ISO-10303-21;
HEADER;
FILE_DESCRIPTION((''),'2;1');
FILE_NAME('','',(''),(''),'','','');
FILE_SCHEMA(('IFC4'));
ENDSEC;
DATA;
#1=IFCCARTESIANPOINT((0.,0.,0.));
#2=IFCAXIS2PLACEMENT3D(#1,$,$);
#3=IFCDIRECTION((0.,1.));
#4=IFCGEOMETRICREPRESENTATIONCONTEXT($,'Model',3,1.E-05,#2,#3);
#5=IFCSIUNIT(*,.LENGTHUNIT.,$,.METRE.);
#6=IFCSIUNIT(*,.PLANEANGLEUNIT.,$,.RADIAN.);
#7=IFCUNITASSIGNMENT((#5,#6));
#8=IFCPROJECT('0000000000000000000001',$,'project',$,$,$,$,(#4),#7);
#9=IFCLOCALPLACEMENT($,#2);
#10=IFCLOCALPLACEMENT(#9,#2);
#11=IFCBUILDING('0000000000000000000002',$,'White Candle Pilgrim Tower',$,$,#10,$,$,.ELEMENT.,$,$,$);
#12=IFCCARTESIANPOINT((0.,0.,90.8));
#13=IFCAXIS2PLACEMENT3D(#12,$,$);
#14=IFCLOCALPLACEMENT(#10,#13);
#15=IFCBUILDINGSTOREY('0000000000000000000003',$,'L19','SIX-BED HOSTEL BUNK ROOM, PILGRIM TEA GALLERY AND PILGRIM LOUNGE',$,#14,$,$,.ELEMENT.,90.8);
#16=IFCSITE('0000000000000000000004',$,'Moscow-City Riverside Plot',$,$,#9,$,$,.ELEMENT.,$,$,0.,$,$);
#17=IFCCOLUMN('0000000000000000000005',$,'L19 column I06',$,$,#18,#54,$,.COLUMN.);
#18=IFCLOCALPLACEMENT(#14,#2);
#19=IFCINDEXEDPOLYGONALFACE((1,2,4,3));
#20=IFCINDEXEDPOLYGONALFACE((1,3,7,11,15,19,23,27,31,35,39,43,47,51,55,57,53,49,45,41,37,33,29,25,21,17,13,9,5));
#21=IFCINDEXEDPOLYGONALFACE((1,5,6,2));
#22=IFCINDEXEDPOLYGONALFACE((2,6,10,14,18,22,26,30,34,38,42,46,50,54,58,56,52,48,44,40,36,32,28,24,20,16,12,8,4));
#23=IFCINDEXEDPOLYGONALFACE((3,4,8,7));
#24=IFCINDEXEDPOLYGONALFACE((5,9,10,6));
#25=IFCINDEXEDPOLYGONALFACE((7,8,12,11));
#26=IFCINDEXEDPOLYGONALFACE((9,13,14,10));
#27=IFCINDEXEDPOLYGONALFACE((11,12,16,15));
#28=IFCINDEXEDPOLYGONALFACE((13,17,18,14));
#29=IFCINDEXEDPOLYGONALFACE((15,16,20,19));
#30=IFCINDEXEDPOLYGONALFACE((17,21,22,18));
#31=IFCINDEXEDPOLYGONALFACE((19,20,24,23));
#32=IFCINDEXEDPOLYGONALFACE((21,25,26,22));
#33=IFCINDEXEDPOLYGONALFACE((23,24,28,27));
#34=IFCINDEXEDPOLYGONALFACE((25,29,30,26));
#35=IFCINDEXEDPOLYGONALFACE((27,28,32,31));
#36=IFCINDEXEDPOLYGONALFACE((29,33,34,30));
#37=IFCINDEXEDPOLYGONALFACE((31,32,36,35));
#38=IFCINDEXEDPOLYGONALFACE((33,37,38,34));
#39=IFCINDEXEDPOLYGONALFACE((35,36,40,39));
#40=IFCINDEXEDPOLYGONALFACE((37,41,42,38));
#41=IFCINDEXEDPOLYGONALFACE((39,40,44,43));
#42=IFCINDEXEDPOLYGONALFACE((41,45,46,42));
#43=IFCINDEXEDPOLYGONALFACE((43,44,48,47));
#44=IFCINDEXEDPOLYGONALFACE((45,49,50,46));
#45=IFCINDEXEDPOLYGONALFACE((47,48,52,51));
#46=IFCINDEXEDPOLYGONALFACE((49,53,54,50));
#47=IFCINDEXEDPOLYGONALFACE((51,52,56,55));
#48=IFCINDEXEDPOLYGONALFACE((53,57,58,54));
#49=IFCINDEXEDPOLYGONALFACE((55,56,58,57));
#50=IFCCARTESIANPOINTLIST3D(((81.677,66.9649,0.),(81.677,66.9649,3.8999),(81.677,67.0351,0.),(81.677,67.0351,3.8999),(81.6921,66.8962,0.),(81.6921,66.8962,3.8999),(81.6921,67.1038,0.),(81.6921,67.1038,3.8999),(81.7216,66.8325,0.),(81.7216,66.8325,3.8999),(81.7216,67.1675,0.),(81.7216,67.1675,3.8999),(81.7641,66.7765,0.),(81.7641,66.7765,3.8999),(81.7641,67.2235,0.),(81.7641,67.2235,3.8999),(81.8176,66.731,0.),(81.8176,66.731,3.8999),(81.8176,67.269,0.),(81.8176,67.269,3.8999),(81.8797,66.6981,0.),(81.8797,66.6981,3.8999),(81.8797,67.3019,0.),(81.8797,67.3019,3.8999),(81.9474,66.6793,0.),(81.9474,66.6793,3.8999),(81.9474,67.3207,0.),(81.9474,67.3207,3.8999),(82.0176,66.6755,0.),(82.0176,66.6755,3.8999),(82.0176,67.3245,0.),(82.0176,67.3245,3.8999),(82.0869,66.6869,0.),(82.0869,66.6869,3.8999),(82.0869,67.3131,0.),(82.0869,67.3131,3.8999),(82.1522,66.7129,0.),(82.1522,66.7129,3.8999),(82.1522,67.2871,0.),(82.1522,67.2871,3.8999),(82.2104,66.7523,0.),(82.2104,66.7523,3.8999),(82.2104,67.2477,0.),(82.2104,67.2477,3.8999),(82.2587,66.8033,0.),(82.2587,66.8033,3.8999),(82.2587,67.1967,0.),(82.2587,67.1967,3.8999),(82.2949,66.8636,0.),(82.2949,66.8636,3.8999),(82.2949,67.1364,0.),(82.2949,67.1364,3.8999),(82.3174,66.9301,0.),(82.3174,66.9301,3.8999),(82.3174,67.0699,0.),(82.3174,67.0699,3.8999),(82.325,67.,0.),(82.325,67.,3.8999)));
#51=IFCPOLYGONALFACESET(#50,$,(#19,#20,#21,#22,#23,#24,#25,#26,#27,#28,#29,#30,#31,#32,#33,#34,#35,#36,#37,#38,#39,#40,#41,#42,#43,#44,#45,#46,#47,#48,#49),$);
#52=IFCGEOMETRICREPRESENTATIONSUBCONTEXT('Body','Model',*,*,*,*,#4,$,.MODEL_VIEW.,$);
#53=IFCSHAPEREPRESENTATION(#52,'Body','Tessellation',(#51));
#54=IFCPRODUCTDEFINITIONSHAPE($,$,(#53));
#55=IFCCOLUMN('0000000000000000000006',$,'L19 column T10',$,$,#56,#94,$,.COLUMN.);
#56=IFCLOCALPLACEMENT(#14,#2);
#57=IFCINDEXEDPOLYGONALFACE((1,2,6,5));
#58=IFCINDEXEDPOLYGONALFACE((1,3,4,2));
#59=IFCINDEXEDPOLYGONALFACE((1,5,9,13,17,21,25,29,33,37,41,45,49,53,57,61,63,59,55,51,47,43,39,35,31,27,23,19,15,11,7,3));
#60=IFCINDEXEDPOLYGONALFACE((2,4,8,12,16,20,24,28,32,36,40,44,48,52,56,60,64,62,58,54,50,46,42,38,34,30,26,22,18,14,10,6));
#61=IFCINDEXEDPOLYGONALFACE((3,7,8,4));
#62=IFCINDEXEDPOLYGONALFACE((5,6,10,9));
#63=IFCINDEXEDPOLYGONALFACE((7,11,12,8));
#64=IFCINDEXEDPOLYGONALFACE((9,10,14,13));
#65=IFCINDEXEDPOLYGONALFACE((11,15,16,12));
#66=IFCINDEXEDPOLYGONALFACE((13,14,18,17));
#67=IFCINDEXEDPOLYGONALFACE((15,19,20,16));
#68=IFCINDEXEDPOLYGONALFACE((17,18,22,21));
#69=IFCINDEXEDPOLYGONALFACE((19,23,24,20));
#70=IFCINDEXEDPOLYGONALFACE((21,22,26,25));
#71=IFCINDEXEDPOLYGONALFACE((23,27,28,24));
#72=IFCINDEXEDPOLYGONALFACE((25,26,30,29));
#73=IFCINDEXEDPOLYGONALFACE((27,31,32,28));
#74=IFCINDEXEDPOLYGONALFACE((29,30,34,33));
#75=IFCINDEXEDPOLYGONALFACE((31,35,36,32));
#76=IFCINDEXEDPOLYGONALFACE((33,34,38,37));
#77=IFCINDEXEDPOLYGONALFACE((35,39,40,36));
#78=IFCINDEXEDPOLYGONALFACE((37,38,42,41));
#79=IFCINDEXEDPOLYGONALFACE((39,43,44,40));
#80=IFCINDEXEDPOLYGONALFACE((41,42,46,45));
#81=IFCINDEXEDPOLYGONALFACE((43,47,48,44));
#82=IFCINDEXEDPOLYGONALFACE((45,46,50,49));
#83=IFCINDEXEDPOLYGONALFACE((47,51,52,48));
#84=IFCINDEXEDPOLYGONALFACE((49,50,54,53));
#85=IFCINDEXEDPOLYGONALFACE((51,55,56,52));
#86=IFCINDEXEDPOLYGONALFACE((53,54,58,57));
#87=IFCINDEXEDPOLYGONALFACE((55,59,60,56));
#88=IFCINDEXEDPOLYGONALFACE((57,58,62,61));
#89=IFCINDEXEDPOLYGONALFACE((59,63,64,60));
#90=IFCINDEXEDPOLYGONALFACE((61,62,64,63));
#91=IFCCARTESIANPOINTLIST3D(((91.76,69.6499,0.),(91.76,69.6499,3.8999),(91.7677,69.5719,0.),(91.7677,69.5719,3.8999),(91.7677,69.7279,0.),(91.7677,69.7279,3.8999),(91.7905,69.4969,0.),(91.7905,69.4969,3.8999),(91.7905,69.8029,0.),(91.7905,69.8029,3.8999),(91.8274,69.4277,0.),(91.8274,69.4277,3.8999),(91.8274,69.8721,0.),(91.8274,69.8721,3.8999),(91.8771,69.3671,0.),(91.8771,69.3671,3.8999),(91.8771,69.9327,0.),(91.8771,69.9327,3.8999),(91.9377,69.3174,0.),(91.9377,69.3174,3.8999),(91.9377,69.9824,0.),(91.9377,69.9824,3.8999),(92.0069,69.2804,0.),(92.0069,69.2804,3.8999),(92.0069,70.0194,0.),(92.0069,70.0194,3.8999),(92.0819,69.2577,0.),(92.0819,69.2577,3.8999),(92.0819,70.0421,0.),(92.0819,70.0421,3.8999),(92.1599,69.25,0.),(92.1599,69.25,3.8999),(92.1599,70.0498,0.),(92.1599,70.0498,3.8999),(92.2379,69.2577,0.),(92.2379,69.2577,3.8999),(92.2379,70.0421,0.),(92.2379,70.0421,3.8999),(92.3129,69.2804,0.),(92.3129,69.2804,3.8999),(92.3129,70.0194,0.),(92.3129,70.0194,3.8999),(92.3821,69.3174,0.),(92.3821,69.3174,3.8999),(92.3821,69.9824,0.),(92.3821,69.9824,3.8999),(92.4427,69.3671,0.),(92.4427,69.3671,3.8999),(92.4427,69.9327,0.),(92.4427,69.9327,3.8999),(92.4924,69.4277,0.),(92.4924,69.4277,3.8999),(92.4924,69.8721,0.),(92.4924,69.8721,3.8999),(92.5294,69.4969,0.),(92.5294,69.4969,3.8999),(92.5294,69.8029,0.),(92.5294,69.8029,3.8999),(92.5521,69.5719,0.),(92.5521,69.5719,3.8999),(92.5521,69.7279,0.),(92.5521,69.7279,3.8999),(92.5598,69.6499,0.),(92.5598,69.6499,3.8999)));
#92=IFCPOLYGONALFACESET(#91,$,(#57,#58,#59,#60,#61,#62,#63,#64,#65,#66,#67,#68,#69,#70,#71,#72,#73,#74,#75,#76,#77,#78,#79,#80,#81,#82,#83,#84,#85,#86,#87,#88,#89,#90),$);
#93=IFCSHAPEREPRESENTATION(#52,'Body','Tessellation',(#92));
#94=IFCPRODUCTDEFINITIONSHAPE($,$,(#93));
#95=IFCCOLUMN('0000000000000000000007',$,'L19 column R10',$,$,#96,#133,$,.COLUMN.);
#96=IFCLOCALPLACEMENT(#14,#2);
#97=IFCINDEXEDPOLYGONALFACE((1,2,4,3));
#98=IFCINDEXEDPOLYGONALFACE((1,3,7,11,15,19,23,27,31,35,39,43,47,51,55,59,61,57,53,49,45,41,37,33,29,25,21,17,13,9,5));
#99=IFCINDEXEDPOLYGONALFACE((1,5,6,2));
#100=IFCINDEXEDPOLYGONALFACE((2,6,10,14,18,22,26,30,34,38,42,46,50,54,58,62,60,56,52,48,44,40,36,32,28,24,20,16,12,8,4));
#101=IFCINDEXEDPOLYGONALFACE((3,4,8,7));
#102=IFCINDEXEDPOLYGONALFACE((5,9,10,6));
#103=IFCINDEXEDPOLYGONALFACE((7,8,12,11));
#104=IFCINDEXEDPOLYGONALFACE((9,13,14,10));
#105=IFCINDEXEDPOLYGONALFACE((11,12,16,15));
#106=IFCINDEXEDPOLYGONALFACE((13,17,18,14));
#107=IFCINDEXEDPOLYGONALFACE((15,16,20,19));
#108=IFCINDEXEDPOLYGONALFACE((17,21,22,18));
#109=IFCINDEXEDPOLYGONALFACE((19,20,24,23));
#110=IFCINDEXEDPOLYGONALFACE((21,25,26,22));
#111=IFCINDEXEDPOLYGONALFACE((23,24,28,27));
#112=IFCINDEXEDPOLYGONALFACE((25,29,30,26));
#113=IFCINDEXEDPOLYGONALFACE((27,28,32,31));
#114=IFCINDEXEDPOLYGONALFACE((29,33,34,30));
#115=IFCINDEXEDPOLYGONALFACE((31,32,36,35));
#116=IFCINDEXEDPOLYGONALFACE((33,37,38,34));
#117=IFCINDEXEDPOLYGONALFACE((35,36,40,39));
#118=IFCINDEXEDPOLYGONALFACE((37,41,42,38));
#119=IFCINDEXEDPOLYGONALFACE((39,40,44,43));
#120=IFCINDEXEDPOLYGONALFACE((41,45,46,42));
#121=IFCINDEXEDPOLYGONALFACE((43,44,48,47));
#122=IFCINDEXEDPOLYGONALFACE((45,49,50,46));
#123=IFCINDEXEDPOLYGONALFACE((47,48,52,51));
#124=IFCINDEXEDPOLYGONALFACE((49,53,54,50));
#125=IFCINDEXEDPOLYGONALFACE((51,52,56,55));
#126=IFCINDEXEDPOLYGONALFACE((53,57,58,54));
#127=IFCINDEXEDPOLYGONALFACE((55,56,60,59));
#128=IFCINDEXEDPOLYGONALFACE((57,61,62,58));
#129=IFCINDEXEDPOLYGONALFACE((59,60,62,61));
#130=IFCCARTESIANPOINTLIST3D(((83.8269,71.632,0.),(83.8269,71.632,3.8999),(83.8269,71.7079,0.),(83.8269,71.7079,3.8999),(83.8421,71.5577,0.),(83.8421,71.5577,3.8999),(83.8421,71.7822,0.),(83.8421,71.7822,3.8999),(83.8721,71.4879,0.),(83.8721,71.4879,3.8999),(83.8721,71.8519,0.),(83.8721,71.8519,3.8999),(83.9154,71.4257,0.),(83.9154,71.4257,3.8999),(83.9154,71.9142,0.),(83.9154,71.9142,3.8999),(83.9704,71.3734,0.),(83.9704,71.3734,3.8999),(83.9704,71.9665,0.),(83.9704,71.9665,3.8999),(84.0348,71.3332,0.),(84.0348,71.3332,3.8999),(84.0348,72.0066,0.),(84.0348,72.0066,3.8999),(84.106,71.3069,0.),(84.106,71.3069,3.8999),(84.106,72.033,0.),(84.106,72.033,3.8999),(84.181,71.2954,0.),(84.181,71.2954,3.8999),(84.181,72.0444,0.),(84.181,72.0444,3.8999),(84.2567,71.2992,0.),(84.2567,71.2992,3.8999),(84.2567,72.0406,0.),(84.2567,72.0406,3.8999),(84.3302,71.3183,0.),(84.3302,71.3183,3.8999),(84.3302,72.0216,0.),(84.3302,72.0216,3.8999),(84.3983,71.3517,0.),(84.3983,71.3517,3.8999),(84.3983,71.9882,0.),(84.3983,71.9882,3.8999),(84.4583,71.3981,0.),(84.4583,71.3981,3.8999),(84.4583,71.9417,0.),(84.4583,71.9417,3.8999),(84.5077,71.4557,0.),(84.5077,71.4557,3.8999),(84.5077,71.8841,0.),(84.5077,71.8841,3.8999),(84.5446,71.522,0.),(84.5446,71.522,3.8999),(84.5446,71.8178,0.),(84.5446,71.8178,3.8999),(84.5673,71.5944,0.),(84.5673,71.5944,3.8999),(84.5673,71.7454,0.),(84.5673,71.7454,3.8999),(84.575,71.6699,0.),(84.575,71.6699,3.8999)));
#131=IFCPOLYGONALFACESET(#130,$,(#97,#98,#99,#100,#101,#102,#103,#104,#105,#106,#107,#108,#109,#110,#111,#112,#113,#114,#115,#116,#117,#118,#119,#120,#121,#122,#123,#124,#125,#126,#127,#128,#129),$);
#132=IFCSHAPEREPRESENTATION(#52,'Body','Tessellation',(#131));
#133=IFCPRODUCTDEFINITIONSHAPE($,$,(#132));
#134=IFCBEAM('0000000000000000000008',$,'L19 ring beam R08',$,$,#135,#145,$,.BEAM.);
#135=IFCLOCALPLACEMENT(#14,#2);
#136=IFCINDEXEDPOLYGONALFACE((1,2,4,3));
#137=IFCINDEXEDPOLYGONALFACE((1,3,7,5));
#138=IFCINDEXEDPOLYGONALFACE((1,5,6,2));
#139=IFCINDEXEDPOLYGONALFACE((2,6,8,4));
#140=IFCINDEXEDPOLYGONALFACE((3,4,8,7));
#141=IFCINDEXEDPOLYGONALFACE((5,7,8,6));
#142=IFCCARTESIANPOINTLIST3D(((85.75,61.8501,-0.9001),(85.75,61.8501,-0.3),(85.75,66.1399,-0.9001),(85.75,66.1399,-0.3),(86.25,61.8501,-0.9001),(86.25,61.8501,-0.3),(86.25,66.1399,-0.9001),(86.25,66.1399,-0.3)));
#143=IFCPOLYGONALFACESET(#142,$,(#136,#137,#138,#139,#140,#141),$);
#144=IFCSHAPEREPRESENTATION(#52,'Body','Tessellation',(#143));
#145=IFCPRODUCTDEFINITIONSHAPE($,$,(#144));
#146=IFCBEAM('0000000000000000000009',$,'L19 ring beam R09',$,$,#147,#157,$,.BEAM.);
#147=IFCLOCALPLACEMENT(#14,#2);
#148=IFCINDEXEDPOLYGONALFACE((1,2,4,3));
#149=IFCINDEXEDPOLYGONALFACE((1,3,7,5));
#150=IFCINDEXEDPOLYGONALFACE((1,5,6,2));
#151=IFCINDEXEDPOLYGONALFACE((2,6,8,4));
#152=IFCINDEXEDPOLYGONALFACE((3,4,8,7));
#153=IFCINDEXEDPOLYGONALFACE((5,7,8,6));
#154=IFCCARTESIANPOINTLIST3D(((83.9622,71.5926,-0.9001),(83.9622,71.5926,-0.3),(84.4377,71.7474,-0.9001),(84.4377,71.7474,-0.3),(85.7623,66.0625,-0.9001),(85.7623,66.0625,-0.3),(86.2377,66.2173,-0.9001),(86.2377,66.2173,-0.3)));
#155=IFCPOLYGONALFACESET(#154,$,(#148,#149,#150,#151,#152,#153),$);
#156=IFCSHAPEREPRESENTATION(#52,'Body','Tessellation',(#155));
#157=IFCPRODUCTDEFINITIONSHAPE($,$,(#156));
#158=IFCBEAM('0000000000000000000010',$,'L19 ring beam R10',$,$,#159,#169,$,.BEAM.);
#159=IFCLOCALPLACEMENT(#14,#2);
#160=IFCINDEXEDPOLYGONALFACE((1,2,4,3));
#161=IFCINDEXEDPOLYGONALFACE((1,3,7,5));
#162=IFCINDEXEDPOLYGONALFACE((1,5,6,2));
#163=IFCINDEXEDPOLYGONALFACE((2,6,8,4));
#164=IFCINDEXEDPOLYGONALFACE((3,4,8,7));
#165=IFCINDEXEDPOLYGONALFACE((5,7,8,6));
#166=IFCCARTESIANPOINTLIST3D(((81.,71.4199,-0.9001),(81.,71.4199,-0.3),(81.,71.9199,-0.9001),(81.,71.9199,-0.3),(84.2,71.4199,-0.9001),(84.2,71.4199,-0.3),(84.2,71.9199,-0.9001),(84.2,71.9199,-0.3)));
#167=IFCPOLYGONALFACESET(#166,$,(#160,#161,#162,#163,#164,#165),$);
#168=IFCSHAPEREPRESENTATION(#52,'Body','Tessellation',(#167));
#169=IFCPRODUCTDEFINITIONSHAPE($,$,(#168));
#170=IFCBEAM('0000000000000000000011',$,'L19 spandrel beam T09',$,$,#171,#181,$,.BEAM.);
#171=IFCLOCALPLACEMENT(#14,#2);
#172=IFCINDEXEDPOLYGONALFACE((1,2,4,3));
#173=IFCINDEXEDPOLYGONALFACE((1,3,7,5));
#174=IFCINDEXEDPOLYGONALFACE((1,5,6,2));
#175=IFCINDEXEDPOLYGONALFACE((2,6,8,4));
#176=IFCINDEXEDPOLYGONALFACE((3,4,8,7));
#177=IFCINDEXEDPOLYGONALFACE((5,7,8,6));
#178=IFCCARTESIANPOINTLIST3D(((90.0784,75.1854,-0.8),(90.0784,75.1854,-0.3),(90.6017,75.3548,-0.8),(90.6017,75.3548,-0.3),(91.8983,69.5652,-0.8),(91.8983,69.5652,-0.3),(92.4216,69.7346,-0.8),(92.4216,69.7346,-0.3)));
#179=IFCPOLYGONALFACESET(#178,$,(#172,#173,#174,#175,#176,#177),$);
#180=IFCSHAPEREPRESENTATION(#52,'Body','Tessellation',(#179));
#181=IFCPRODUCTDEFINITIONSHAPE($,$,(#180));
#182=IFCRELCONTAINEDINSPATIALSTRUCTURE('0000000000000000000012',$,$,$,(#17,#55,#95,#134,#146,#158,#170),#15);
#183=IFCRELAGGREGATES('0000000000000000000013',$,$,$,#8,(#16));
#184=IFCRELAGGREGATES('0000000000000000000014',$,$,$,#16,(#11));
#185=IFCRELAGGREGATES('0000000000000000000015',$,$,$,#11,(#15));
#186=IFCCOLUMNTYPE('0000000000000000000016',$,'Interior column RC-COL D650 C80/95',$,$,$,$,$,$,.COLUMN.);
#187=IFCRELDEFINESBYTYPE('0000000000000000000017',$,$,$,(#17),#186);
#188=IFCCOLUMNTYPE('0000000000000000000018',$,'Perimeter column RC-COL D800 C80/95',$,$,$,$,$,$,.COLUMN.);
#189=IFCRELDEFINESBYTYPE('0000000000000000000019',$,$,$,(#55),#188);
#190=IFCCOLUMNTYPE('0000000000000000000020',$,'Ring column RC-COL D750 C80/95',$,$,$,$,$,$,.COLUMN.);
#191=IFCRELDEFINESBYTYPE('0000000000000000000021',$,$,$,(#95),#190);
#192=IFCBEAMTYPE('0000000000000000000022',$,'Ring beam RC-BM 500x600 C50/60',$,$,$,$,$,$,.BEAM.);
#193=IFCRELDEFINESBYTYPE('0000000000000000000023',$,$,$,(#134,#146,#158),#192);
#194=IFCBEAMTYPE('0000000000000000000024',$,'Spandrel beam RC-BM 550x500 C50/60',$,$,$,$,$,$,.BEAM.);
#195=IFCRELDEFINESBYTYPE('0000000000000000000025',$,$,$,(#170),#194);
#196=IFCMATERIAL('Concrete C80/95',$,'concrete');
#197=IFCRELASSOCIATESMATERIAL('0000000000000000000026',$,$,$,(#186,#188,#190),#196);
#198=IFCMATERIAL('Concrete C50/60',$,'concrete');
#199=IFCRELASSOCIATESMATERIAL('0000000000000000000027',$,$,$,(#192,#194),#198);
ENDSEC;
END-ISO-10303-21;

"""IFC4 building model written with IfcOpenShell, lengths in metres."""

from ifc_helpers import new_model, si_unit, direction, frame, origin, origin_2d, place, context, subcontext, project, spatial, rectangle, circle, extrude, material, material_profile, profile_set, type_object, element, save


model = new_model("IFC4")

# Units and contexts
model_context = context("Model", 3, precision=1e-05, world=origin(), true_north=direction((0.0, 1.0)))
body_context = subcontext(model_context, "Body", "Model", "MODEL_VIEW")
ifc_project = project(units=[si_unit("LENGTHUNIT", "METRE"), si_unit("PLANEANGLEUNIT", "RADIAN")], contexts=[model_context])

# Site, building, storey
site_placement = place(None, origin())
site = spatial("IfcSite", under=ifc_project, at=site_placement, Name="Moscow-City Riverside Plot", CompositionType="ELEMENT", RefElevation=0.0)
building_placement = place(site_placement, origin())
building = spatial("IfcBuilding", under=site, at=building_placement, Name="White Candle Pilgrim Tower", CompositionType="ELEMENT")
storey_placement = place(building_placement, frame((0.0, 0.0, 90.8)))
storey = spatial("IfcBuildingStorey", under=building, at=storey_placement, Name="L19", Description="SIX-BED HOSTEL BUNK ROOM, PILGRIM TEA GALLERY AND PILGRIM LOUNGE", CompositionType="ELEMENT", Elevation=90.8)

# Columns
ifc_material_1 = material(Name="Concrete C80/95", Category="concrete")
ifc_material_profile_1 = material_profile(ifc_material_1, circle(Radius=0.325, at=origin_2d()), Name="RC-COL D650")
ifc_profile_set_1 = profile_set([ifc_material_profile_1], Name="Concrete C80/95")
column_type_1 = type_object("IfcColumnType", Name="Interior column RC-COL D650 C80/95", PredefinedType="COLUMN", material=ifc_profile_set_1)
column_1_placement = place(storey_placement, frame((82.0, 67.0, 0.0), z_axis=(0.0, 0.0, 1.0), x_axis=(1.0, 0.0, 0.0)))
element("IfcColumn", 1, at=column_1_placement, inside=storey, type_object=column_type_1, Name="L19 column I06", PredefinedType="COLUMN", context=body_context, shape_type="SweptSolid", body=[
    extrude(circle(Radius=0.325, at=origin_2d()), origin(), (0.0, 0.0, 1.0), 3.8999),
])
ifc_material_profile_2 = material_profile(ifc_material_1, circle(Radius=0.3999, at=origin_2d()), Name="RC-COL D800")
ifc_profile_set_2 = profile_set([ifc_material_profile_2], Name="Concrete C80/95")
column_type_2 = type_object("IfcColumnType", Name="Perimeter column RC-COL D800 C80/95", PredefinedType="COLUMN", material=ifc_profile_set_2)
column_2_placement = place(storey_placement, frame((92.1599, 69.6499, 0.0), z_axis=(0.0, 0.0, 1.0), x_axis=(1.0, 0.0, 0.0)))
element("IfcColumn", 2, at=column_2_placement, inside=storey, type_object=column_type_2, Name="L19 column T10", PredefinedType="COLUMN", context=body_context, shape_type="SweptSolid", body=[
    extrude(circle(Radius=0.3999, at=origin_2d()), origin(), (0.0, 0.0, 1.0), 3.8999),
])
ifc_material_profile_3 = material_profile(ifc_material_1, circle(Radius=0.375, at=origin_2d()), Name="RC-COL D750")
ifc_profile_set_3 = profile_set([ifc_material_profile_3], Name="Concrete C80/95")
column_type_3 = type_object("IfcColumnType", Name="Ring column RC-COL D750 C80/95", PredefinedType="COLUMN", material=ifc_profile_set_3)
column_3_placement = place(storey_placement, frame((84.2, 71.6699, 0.0), z_axis=(0.0, 0.0, 1.0), x_axis=(1.0, 0.0, 0.0)))
element("IfcColumn", 3, at=column_3_placement, inside=storey, type_object=column_type_3, Name="L19 column R10", PredefinedType="COLUMN", context=body_context, shape_type="SweptSolid", body=[
    extrude(circle(Radius=0.375, at=origin_2d()), origin(), (0.0, 0.0, 1.0), 3.8999),
])

# Beams
ifc_material_2 = material(Name="Concrete C50/60", Category="concrete")
ifc_material_profile_4 = material_profile(ifc_material_2, rectangle(XDim=0.5, YDim=0.6001, at=origin_2d()), Name="RC-BM 500x600")
ifc_profile_set_4 = profile_set([ifc_material_profile_4], Name="Concrete C50/60")
beam_type_1 = type_object("IfcBeamType", Name="Ring beam RC-BM 500x600 C50/60", PredefinedType="BEAM", material=ifc_profile_set_4)
beam_1_placement = place(storey_placement, frame((86.0, 66.1399, -0.6001), z_axis=(0.0, -1.0, 0.0), x_axis=(1.0, 0.0, 0.0)))
element("IfcBeam", 4, at=beam_1_placement, inside=storey, type_object=beam_type_1, Name="L19 ring beam R08", PredefinedType="BEAM", context=body_context, shape_type="SweptSolid", body=[
    extrude(rectangle(XDim=0.5, YDim=0.6001, at=origin_2d()), origin(), (0.0, 0.0, 1.0), 4.2898),
])
beam_2_placement = place(storey_placement, frame((86.0, 66.1399, -0.6001), z_axis=(-0.30952, 0.950893, 0.0), x_axis=(-0.950893, -0.30952, 0.0)))
element("IfcBeam", 5, at=beam_2_placement, inside=storey, type_object=beam_type_1, Name="L19 ring beam R09", PredefinedType="BEAM", context=body_context, shape_type="SweptSolid", body=[
    extrude(rectangle(XDim=0.5, YDim=0.6001, at=origin_2d()), origin(), (0.0, 0.0, 1.0), 5.8157),
])
beam_3_placement = place(storey_placement, frame((84.2, 71.6699, -0.6001), z_axis=(-1.0, 0.0, 0.0), x_axis=(0.0, -1.0, 0.0)))
element("IfcBeam", 6, at=beam_3_placement, inside=storey, type_object=beam_type_1, Name="L19 ring beam R10", PredefinedType="BEAM", context=body_context, shape_type="SweptSolid", body=[
    extrude(rectangle(XDim=0.5, YDim=0.6001, at=origin_2d()), origin(), (0.0, 0.0, 1.0), 3.2),
])
ifc_material_profile_5 = material_profile(ifc_material_2, rectangle(XDim=0.55, YDim=0.5, at=origin_2d()), Name="RC-BM 550x500")
ifc_profile_set_5 = profile_set([ifc_material_profile_5], Name="Concrete C50/60")
beam_type_2 = type_object("IfcBeamType", Name="Spandrel beam RC-BM 550x500 C50/60", PredefinedType="BEAM", material=ifc_profile_set_5)
beam_4_placement = place(storey_placement, frame((92.1599, 69.6499, -0.55), z_axis=(-0.308058, 0.951368, 0.0), x_axis=(-0.951368, -0.308058, 0.0)))
element("IfcBeam", 7, at=beam_4_placement, inside=storey, type_object=beam_type_2, Name="L19 spandrel beam T09", PredefinedType="BEAM", context=body_context, shape_type="SweptSolid", body=[
    extrude(rectangle(XDim=0.55, YDim=0.5, at=origin_2d()), origin(), (0.0, 0.0, 1.0), 5.9075),
])

save(model, "model.ifc")
